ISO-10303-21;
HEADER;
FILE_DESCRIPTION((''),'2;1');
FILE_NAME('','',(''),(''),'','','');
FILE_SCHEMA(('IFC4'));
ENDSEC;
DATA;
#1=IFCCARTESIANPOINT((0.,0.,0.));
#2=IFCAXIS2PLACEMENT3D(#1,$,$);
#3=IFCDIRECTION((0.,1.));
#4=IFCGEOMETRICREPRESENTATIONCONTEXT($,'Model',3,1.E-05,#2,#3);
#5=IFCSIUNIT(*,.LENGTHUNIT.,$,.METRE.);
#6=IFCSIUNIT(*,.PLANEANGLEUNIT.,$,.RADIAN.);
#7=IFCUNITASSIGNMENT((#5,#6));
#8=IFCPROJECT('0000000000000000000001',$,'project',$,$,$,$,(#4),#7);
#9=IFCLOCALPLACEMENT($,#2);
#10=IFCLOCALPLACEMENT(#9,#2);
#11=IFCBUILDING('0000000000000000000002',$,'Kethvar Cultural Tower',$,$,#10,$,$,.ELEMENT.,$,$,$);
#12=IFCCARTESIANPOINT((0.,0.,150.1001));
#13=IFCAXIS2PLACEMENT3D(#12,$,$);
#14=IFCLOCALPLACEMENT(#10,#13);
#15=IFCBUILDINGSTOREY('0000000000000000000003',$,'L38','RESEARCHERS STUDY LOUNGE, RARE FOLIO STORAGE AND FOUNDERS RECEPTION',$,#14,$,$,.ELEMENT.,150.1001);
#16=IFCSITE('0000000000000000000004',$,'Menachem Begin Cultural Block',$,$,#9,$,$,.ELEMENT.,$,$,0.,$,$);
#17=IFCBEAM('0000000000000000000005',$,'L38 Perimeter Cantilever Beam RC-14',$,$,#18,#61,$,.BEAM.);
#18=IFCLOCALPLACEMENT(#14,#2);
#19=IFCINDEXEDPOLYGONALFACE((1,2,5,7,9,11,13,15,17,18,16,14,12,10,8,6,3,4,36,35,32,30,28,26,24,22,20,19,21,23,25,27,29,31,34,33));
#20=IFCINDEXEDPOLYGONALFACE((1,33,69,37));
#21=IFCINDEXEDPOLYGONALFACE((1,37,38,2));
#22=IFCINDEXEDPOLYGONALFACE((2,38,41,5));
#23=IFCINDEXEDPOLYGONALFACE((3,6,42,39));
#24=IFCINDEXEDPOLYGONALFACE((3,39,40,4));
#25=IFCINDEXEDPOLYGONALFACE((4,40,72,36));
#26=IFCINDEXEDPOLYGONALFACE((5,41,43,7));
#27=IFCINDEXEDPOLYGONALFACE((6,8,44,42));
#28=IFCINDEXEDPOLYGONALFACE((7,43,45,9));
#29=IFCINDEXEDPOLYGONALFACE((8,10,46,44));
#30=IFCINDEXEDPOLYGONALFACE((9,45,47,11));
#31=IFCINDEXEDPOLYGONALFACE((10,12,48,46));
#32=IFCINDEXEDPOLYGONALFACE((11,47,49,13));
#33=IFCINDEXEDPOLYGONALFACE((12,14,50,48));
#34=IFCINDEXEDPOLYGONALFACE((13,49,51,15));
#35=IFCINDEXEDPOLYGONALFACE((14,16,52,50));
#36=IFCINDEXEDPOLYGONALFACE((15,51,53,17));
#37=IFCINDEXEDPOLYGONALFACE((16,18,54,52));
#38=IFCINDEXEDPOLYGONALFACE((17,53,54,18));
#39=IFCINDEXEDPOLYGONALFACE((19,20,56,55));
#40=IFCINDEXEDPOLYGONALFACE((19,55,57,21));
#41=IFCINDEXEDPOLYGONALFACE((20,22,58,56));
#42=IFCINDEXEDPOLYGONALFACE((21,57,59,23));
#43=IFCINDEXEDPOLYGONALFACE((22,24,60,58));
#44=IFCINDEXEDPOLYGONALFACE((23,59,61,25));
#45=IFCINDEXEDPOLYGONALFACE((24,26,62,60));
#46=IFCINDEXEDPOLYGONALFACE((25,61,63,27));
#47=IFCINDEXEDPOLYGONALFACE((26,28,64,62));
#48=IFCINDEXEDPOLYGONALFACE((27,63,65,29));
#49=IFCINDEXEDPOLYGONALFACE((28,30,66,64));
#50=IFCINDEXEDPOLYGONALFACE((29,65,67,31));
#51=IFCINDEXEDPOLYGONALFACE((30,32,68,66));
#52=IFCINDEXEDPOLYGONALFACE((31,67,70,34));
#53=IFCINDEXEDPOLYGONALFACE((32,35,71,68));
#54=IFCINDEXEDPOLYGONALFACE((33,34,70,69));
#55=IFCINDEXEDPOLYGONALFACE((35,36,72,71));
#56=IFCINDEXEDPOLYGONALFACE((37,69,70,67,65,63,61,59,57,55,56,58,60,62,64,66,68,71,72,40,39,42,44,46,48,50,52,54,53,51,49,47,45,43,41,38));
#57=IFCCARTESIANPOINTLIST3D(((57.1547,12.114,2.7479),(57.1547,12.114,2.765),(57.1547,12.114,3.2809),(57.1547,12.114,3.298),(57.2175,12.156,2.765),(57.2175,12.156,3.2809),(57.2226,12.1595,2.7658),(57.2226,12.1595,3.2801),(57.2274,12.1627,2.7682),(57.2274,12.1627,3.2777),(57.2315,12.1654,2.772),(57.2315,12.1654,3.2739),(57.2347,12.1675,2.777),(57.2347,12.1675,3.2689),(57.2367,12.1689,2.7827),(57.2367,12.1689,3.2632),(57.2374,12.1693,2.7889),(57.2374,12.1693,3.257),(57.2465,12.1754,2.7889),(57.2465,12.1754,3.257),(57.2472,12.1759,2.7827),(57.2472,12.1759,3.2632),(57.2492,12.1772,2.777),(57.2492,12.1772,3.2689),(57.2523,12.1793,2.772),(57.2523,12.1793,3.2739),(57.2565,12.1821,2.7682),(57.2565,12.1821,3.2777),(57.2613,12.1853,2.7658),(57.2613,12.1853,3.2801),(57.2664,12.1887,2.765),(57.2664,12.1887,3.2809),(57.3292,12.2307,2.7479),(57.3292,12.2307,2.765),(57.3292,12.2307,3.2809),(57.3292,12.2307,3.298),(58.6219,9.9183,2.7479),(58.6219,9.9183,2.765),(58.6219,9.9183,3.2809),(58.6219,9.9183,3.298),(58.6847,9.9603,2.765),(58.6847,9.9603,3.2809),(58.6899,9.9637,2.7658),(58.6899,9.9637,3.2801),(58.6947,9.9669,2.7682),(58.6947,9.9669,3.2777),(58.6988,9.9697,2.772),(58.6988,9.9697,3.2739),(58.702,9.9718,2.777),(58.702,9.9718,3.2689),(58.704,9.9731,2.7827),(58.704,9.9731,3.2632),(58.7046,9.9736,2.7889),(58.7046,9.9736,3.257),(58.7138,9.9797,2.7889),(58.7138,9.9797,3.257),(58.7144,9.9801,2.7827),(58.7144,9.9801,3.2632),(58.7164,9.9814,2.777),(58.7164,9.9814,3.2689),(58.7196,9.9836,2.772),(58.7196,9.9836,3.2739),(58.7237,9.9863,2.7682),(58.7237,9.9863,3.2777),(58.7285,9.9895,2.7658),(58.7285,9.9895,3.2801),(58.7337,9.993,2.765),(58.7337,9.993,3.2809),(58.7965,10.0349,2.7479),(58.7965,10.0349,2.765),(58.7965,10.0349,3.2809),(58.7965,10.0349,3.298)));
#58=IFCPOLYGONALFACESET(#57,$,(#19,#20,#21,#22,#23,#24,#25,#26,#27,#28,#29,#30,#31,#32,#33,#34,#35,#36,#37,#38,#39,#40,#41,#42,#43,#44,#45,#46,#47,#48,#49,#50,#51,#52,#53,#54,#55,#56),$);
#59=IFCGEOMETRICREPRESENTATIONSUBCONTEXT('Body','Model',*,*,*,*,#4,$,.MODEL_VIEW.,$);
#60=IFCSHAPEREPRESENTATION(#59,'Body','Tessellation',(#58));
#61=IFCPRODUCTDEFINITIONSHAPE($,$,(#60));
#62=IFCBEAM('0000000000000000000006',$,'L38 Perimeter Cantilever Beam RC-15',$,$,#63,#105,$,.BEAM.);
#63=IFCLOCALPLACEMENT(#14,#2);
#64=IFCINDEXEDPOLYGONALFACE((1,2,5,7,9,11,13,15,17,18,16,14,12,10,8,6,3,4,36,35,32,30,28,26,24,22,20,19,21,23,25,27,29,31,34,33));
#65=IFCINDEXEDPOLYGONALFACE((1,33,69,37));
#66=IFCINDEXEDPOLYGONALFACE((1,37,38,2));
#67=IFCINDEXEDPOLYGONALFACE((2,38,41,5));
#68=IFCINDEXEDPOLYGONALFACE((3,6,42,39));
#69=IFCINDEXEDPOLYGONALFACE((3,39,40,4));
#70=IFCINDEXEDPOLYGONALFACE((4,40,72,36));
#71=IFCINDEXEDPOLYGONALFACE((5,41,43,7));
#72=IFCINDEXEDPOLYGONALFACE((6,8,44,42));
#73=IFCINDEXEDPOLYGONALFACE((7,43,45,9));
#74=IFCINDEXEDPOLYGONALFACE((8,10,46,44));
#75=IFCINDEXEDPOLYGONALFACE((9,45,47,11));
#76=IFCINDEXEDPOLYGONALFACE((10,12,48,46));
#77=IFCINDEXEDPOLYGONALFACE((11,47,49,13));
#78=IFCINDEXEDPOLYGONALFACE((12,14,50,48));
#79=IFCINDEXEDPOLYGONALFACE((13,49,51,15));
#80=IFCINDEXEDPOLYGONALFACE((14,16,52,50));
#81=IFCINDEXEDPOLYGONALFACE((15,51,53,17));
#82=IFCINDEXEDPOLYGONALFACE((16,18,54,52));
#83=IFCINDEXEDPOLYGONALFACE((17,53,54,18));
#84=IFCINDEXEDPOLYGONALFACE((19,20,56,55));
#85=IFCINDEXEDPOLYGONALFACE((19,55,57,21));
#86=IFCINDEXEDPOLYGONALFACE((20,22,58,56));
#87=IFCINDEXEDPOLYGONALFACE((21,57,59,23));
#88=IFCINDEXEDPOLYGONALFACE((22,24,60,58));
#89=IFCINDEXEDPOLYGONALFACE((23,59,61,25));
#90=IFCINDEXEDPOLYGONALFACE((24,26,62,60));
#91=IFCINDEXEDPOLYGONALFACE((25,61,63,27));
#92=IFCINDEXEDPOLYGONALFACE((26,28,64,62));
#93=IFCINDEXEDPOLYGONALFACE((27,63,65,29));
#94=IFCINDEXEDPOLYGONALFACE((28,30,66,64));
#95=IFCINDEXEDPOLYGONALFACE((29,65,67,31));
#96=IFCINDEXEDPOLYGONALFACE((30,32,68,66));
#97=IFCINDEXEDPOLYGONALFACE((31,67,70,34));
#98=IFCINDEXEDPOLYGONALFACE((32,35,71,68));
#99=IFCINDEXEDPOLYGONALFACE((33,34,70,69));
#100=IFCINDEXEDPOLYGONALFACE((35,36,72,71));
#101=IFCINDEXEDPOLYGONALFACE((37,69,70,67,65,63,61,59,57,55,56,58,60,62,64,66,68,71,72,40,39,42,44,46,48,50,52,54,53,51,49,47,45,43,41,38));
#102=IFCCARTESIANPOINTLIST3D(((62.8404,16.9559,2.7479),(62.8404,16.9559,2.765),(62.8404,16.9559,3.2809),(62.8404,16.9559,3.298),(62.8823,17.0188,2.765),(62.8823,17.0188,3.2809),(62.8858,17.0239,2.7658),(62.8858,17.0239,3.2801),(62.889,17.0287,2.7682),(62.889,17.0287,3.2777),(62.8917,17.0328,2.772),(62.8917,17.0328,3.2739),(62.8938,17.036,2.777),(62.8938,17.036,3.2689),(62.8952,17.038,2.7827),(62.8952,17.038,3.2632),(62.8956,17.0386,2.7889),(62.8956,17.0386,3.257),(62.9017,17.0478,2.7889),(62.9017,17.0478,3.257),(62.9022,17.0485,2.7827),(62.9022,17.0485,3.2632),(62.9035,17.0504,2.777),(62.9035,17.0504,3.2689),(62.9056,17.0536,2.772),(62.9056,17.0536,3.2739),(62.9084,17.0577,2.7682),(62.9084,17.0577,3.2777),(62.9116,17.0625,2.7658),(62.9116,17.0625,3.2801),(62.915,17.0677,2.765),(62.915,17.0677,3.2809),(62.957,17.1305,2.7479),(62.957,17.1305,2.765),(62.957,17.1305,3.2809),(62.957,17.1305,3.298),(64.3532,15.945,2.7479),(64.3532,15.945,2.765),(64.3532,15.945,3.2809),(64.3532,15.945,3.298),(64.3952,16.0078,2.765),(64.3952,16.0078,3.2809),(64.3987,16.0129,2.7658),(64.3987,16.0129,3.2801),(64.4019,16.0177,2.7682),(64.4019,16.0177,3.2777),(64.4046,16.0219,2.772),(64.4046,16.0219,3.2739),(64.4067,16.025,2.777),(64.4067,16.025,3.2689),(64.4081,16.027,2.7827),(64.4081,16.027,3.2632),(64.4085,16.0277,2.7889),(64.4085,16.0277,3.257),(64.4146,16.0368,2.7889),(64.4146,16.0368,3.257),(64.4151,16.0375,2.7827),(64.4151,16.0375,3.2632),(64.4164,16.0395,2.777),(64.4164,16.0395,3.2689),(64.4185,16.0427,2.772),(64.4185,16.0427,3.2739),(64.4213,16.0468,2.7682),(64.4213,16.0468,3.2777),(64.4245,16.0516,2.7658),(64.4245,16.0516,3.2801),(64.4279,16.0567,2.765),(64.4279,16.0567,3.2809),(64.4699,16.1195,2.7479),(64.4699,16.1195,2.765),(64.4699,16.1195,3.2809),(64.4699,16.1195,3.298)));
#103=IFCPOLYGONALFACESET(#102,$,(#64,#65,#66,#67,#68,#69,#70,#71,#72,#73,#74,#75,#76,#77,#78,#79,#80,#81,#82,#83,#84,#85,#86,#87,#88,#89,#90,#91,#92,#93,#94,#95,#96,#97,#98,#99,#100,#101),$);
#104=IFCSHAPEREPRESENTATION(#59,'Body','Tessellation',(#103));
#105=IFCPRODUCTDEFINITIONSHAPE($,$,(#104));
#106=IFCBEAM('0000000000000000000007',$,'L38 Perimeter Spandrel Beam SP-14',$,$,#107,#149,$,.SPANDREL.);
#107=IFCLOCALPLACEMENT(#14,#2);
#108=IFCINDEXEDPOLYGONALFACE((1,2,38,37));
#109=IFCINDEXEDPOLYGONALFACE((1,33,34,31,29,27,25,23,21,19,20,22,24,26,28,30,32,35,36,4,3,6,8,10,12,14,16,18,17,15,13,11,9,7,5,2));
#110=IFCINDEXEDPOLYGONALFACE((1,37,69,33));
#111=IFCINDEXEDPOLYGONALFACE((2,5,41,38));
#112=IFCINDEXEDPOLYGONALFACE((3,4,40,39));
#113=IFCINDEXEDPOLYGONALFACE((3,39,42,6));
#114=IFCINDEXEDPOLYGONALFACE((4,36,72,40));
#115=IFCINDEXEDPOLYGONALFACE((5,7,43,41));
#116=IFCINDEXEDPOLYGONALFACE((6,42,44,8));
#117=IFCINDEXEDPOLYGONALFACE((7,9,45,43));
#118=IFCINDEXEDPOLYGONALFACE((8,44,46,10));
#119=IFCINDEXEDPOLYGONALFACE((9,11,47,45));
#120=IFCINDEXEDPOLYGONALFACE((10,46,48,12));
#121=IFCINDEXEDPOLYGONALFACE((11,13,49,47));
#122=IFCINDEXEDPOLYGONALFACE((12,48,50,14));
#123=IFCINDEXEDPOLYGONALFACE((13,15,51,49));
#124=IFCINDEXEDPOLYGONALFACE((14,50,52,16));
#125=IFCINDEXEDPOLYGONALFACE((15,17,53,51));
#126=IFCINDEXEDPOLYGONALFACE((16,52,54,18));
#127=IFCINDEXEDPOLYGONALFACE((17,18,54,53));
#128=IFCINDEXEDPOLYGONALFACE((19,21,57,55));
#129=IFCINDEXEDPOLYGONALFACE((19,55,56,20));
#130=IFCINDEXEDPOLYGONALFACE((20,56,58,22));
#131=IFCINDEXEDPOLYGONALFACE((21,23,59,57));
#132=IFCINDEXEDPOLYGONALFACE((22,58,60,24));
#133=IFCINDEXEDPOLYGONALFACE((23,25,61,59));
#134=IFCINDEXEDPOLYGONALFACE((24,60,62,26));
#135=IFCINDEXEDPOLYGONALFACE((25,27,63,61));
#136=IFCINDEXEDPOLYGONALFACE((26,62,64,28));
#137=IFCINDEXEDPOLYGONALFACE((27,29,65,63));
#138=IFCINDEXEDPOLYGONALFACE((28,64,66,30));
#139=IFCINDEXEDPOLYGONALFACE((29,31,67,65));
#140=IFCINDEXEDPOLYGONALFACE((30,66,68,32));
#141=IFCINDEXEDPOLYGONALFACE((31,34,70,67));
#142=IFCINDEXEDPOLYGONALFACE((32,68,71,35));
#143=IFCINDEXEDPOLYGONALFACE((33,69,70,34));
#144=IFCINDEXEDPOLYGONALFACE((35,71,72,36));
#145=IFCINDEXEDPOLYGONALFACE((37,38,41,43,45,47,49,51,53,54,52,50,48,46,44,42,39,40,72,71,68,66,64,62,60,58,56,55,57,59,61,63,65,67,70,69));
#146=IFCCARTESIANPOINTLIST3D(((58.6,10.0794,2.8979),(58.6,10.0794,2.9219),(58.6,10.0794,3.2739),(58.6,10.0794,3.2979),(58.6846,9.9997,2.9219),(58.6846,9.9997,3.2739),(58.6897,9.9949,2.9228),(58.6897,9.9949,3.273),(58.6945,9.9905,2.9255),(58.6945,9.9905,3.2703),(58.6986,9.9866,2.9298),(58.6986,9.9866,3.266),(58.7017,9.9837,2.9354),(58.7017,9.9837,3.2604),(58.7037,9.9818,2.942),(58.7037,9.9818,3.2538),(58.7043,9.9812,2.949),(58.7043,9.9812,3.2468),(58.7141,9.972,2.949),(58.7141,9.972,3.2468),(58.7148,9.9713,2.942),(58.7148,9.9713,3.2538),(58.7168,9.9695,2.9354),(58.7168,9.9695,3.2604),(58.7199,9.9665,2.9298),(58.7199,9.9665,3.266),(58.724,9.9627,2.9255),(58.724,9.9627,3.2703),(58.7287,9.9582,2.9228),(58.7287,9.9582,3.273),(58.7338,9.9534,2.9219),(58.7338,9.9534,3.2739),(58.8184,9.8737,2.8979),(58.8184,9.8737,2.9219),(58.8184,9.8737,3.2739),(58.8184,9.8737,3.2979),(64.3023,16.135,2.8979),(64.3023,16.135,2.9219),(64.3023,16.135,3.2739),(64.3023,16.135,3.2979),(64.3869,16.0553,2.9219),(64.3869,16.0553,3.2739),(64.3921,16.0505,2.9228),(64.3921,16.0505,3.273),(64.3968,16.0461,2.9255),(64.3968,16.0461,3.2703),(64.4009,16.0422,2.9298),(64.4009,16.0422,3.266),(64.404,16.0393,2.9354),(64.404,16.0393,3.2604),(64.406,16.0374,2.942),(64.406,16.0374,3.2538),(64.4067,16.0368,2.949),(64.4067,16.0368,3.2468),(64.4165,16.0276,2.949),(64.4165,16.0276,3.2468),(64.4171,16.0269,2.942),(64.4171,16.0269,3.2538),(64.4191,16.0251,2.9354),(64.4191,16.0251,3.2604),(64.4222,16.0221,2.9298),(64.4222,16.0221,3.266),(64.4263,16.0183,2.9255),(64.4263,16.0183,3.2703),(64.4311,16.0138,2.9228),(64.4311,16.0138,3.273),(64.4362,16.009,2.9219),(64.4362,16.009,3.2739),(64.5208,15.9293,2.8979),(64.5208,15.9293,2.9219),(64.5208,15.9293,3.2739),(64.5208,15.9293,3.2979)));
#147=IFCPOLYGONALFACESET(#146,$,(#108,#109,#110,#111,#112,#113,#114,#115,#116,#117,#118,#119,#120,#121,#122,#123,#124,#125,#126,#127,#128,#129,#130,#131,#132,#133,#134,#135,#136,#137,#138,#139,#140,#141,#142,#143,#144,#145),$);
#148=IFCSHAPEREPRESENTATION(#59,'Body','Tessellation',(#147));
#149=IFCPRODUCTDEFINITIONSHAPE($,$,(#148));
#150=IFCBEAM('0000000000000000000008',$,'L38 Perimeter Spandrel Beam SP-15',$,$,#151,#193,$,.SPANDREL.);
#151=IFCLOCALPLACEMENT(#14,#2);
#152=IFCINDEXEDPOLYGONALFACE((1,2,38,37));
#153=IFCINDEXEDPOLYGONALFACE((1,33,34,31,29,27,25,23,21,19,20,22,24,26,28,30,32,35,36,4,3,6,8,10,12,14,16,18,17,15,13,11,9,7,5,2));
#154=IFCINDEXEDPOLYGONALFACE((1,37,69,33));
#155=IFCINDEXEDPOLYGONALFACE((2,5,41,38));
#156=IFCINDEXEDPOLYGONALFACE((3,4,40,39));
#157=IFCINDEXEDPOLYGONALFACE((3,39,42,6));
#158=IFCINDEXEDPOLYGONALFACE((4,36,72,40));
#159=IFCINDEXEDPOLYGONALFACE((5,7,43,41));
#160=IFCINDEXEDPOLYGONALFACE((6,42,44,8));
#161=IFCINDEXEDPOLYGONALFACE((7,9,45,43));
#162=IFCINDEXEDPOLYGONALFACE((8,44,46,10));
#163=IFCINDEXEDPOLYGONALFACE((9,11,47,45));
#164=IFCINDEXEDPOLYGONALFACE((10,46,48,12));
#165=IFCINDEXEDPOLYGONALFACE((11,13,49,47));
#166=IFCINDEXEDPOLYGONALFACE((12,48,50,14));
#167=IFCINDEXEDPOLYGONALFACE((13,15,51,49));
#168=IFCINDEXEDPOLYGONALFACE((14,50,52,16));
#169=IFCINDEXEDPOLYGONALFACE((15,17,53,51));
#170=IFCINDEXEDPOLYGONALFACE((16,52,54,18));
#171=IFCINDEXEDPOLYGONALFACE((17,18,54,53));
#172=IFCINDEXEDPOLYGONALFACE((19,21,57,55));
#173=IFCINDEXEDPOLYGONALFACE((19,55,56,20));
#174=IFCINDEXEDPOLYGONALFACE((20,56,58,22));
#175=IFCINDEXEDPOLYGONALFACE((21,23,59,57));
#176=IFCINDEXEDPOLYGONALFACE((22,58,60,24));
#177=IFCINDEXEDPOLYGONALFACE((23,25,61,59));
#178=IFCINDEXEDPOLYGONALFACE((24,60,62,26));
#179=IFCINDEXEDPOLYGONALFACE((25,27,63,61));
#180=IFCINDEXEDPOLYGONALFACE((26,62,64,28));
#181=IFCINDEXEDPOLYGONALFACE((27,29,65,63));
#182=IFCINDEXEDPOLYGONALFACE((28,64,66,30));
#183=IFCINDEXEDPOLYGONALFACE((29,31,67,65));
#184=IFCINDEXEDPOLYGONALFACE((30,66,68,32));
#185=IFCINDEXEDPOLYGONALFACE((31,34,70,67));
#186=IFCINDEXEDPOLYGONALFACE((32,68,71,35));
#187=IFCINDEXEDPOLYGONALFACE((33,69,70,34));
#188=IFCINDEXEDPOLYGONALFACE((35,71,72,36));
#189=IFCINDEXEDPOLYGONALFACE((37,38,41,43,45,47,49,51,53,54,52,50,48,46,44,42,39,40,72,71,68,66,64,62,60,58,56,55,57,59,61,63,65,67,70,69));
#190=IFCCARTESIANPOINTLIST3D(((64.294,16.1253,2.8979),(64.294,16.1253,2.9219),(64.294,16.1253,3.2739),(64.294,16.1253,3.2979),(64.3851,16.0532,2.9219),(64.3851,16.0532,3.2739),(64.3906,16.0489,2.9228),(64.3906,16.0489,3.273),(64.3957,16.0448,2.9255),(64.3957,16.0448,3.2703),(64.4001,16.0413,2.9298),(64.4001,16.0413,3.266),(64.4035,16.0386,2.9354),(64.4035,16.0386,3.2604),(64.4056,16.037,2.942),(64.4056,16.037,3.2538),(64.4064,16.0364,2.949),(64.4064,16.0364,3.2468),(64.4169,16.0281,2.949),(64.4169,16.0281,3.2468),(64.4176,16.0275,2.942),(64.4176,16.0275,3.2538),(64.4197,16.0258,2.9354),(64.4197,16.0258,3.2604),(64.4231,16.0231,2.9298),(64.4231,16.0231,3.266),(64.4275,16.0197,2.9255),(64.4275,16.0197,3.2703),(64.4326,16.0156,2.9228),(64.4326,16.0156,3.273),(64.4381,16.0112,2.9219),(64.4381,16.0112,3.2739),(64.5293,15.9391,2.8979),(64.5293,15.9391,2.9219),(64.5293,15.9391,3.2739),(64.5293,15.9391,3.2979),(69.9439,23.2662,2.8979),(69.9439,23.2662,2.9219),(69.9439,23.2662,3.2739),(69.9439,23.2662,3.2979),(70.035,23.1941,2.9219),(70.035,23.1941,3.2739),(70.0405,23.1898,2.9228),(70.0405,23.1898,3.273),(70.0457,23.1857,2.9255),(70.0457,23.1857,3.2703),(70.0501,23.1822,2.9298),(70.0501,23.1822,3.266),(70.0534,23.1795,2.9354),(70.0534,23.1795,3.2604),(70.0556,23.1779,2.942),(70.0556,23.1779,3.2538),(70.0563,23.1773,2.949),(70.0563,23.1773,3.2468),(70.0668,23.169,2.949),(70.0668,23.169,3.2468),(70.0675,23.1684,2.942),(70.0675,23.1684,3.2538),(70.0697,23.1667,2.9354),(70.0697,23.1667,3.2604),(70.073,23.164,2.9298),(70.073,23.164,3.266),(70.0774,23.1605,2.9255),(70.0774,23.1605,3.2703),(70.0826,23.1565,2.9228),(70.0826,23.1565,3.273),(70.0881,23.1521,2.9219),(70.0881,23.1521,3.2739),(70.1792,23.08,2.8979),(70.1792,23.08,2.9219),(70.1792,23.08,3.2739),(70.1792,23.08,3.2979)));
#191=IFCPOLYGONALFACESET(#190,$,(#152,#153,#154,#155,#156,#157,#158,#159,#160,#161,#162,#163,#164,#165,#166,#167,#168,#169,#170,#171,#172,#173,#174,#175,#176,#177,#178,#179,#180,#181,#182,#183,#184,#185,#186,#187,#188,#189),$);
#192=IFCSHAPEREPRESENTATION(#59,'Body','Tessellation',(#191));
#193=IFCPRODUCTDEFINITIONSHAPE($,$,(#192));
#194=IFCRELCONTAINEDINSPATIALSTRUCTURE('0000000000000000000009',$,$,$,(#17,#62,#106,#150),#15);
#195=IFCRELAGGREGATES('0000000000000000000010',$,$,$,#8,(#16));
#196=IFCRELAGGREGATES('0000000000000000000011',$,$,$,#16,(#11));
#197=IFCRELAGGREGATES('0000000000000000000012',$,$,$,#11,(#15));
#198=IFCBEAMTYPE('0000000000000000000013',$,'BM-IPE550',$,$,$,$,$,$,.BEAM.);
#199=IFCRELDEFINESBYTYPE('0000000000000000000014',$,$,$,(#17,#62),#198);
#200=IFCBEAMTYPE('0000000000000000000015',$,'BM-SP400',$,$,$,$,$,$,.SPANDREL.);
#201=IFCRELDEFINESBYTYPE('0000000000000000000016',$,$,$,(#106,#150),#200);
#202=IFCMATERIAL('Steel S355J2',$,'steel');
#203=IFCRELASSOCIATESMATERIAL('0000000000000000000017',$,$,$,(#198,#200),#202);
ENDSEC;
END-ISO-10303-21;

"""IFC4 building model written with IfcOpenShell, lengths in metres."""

from ifc_helpers import new_model, si_unit, direction, frame, origin, origin_2d, place, context, subcontext, project, spatial, i_section, extrude, source, transform, mapped, material, material_profile, profile_set, type_object, element, save


model = new_model("IFC4")

# Units and contexts
model_context = context("Model", 3, precision=1e-05, world=origin(), true_north=direction((0.0, 1.0)))
body_context = subcontext(model_context, "Body", "Model", "MODEL_VIEW")
ifc_project = project(units=[si_unit("LENGTHUNIT", "METRE"), si_unit("PLANEANGLEUNIT", "RADIAN")], contexts=[model_context])

# Site, building, storey
site_placement = place(None, origin())
site = spatial("IfcSite", under=ifc_project, at=site_placement, Name="Menachem Begin Cultural Block", CompositionType="ELEMENT", RefElevation=0.0)
building_placement = place(site_placement, origin())
building = spatial("IfcBuilding", under=site, at=building_placement, Name="Kethvar Cultural Tower", CompositionType="ELEMENT")
storey_placement = place(building_placement, frame((0.0, 0.0, 150.1001)))
storey = spatial("IfcBuildingStorey", under=building, at=storey_placement, Name="L38", Description="RESEARCHERS STUDY LOUNGE, RARE FOLIO STORAGE AND FOUNDERS RECEPTION", CompositionType="ELEMENT", Elevation=150.1001)

# Beams
ifc_material_1 = material(Name="Steel S355J2", Category="steel")
ifc_material_profile_1 = material_profile(ifc_material_1, i_section(OverallWidth=0.21, OverallDepth=0.55, WebThickness=0.011, FlangeThickness=0.0171, FilletRadius=0.0239, at=origin_2d()), Name="Steel S355J2 — IPE550")
ifc_profile_set_1 = profile_set([ifc_material_profile_1], Name="Steel S355J2 — IPE550")
beam_type_1 = type_object("IfcBeamType", Name="BM-IPE550", PredefinedType="BEAM", material=ifc_profile_set_1)
shared_shape_1 = source(origin(), body_context, "Body", "SweptSolid", [
    extrude(i_section(OverallWidth=0.21, OverallDepth=0.55, WebThickness=0.011, FlangeThickness=0.0171, FilletRadius=0.0239, at=origin_2d()), origin(), (0.0, 0.0, 1.0), 2.6409),
])
beam_1_placement = place(storey_placement, frame((57.2419, 12.1724, 3.0229), z_axis=(0.555596, -0.831452, 0.0), x_axis=(0.831452, 0.555596, 0.0)))
element("IfcBeam", 1, at=beam_1_placement, inside=storey, type_object=beam_type_1, Name="L38 Perimeter Cantilever Beam RC-14", PredefinedType="BEAM", context=body_context, shape_type="MappedRepresentation", body=[
    mapped(shared_shape_1, transform((0.0, 0.0, 0.0), scale=1.0)),
])
shared_shape_2 = source(origin(), body_context, "Body", "SweptSolid", [
    extrude(i_section(OverallWidth=0.21, OverallDepth=0.55, WebThickness=0.011, FlangeThickness=0.0171, FilletRadius=0.0239, at=origin_2d()), origin(), (0.0, 0.0, 1.0), 1.8196),
])
beam_2_placement = place(storey_placement, frame((62.8987, 17.0432, 3.0229), z_axis=(0.831451, -0.555598, 0.0), x_axis=(0.555598, 0.831451, 0.0)))
element("IfcBeam", 2, at=beam_2_placement, inside=storey, type_object=beam_type_1, Name="L38 Perimeter Cantilever Beam RC-15", PredefinedType="BEAM", context=body_context, shape_type="MappedRepresentation", body=[
    mapped(shared_shape_2, transform((0.0, 0.0, 0.0), scale=1.0)),
])
ifc_material_profile_2 = material_profile(ifc_material_1, i_section(OverallWidth=0.3, OverallDepth=0.3999, WebThickness=0.0134, FlangeThickness=0.0239, FilletRadius=0.0271, at=origin_2d()), Name="Steel S355J2 — HEB400")
ifc_profile_set_2 = profile_set([ifc_material_profile_2], Name="Steel S355J2 — HEB400")
beam_type_2 = type_object("IfcBeamType", Name="BM-SP400", PredefinedType="SPANDREL", material=ifc_profile_set_2)
shared_shape_3 = source(origin(), body_context, "Body", "SweptSolid", [
    extrude(i_section(OverallWidth=0.3, OverallDepth=0.3999, WebThickness=0.0134, FlangeThickness=0.0239, FilletRadius=0.0271, at=origin_2d()), origin(), (0.0, 0.0, 1.0), 8.3179),
])
beam_3_placement = place(storey_placement, frame((58.7092, 9.9766, 3.0979), z_axis=(0.685552, 0.728023, 0.0), x_axis=(-0.728023, 0.685552, 0.0)))
element("IfcBeam", 3, at=beam_3_placement, inside=storey, type_object=beam_type_2, Name="L38 Perimeter Spandrel Beam SP-14", PredefinedType="SPANDREL", context=body_context, shape_type="MappedRepresentation", body=[
    mapped(shared_shape_3, transform((0.0, 0.0, 0.0), scale=1.0)),
])
shared_shape_4 = source(origin(), body_context, "Body", "SweptSolid", [
    extrude(i_section(OverallWidth=0.3, OverallDepth=0.3999, WebThickness=0.0134, FlangeThickness=0.0239, FilletRadius=0.0271, at=origin_2d()), origin(), (0.0, 0.0, 1.0), 9.1057),
])
beam_4_placement = place(storey_placement, frame((64.4116, 16.0322, 3.0979), z_axis=(0.620481, 0.784221, 0.0), x_axis=(-0.784221, 0.620481, 0.0)))
element("IfcBeam", 4, at=beam_4_placement, inside=storey, type_object=beam_type_2, Name="L38 Perimeter Spandrel Beam SP-15", PredefinedType="SPANDREL", context=body_context, shape_type="MappedRepresentation", body=[
    mapped(shared_shape_4, transform((0.0, 0.0, 0.0), scale=1.0)),
])

save(model, "model.ifc")
